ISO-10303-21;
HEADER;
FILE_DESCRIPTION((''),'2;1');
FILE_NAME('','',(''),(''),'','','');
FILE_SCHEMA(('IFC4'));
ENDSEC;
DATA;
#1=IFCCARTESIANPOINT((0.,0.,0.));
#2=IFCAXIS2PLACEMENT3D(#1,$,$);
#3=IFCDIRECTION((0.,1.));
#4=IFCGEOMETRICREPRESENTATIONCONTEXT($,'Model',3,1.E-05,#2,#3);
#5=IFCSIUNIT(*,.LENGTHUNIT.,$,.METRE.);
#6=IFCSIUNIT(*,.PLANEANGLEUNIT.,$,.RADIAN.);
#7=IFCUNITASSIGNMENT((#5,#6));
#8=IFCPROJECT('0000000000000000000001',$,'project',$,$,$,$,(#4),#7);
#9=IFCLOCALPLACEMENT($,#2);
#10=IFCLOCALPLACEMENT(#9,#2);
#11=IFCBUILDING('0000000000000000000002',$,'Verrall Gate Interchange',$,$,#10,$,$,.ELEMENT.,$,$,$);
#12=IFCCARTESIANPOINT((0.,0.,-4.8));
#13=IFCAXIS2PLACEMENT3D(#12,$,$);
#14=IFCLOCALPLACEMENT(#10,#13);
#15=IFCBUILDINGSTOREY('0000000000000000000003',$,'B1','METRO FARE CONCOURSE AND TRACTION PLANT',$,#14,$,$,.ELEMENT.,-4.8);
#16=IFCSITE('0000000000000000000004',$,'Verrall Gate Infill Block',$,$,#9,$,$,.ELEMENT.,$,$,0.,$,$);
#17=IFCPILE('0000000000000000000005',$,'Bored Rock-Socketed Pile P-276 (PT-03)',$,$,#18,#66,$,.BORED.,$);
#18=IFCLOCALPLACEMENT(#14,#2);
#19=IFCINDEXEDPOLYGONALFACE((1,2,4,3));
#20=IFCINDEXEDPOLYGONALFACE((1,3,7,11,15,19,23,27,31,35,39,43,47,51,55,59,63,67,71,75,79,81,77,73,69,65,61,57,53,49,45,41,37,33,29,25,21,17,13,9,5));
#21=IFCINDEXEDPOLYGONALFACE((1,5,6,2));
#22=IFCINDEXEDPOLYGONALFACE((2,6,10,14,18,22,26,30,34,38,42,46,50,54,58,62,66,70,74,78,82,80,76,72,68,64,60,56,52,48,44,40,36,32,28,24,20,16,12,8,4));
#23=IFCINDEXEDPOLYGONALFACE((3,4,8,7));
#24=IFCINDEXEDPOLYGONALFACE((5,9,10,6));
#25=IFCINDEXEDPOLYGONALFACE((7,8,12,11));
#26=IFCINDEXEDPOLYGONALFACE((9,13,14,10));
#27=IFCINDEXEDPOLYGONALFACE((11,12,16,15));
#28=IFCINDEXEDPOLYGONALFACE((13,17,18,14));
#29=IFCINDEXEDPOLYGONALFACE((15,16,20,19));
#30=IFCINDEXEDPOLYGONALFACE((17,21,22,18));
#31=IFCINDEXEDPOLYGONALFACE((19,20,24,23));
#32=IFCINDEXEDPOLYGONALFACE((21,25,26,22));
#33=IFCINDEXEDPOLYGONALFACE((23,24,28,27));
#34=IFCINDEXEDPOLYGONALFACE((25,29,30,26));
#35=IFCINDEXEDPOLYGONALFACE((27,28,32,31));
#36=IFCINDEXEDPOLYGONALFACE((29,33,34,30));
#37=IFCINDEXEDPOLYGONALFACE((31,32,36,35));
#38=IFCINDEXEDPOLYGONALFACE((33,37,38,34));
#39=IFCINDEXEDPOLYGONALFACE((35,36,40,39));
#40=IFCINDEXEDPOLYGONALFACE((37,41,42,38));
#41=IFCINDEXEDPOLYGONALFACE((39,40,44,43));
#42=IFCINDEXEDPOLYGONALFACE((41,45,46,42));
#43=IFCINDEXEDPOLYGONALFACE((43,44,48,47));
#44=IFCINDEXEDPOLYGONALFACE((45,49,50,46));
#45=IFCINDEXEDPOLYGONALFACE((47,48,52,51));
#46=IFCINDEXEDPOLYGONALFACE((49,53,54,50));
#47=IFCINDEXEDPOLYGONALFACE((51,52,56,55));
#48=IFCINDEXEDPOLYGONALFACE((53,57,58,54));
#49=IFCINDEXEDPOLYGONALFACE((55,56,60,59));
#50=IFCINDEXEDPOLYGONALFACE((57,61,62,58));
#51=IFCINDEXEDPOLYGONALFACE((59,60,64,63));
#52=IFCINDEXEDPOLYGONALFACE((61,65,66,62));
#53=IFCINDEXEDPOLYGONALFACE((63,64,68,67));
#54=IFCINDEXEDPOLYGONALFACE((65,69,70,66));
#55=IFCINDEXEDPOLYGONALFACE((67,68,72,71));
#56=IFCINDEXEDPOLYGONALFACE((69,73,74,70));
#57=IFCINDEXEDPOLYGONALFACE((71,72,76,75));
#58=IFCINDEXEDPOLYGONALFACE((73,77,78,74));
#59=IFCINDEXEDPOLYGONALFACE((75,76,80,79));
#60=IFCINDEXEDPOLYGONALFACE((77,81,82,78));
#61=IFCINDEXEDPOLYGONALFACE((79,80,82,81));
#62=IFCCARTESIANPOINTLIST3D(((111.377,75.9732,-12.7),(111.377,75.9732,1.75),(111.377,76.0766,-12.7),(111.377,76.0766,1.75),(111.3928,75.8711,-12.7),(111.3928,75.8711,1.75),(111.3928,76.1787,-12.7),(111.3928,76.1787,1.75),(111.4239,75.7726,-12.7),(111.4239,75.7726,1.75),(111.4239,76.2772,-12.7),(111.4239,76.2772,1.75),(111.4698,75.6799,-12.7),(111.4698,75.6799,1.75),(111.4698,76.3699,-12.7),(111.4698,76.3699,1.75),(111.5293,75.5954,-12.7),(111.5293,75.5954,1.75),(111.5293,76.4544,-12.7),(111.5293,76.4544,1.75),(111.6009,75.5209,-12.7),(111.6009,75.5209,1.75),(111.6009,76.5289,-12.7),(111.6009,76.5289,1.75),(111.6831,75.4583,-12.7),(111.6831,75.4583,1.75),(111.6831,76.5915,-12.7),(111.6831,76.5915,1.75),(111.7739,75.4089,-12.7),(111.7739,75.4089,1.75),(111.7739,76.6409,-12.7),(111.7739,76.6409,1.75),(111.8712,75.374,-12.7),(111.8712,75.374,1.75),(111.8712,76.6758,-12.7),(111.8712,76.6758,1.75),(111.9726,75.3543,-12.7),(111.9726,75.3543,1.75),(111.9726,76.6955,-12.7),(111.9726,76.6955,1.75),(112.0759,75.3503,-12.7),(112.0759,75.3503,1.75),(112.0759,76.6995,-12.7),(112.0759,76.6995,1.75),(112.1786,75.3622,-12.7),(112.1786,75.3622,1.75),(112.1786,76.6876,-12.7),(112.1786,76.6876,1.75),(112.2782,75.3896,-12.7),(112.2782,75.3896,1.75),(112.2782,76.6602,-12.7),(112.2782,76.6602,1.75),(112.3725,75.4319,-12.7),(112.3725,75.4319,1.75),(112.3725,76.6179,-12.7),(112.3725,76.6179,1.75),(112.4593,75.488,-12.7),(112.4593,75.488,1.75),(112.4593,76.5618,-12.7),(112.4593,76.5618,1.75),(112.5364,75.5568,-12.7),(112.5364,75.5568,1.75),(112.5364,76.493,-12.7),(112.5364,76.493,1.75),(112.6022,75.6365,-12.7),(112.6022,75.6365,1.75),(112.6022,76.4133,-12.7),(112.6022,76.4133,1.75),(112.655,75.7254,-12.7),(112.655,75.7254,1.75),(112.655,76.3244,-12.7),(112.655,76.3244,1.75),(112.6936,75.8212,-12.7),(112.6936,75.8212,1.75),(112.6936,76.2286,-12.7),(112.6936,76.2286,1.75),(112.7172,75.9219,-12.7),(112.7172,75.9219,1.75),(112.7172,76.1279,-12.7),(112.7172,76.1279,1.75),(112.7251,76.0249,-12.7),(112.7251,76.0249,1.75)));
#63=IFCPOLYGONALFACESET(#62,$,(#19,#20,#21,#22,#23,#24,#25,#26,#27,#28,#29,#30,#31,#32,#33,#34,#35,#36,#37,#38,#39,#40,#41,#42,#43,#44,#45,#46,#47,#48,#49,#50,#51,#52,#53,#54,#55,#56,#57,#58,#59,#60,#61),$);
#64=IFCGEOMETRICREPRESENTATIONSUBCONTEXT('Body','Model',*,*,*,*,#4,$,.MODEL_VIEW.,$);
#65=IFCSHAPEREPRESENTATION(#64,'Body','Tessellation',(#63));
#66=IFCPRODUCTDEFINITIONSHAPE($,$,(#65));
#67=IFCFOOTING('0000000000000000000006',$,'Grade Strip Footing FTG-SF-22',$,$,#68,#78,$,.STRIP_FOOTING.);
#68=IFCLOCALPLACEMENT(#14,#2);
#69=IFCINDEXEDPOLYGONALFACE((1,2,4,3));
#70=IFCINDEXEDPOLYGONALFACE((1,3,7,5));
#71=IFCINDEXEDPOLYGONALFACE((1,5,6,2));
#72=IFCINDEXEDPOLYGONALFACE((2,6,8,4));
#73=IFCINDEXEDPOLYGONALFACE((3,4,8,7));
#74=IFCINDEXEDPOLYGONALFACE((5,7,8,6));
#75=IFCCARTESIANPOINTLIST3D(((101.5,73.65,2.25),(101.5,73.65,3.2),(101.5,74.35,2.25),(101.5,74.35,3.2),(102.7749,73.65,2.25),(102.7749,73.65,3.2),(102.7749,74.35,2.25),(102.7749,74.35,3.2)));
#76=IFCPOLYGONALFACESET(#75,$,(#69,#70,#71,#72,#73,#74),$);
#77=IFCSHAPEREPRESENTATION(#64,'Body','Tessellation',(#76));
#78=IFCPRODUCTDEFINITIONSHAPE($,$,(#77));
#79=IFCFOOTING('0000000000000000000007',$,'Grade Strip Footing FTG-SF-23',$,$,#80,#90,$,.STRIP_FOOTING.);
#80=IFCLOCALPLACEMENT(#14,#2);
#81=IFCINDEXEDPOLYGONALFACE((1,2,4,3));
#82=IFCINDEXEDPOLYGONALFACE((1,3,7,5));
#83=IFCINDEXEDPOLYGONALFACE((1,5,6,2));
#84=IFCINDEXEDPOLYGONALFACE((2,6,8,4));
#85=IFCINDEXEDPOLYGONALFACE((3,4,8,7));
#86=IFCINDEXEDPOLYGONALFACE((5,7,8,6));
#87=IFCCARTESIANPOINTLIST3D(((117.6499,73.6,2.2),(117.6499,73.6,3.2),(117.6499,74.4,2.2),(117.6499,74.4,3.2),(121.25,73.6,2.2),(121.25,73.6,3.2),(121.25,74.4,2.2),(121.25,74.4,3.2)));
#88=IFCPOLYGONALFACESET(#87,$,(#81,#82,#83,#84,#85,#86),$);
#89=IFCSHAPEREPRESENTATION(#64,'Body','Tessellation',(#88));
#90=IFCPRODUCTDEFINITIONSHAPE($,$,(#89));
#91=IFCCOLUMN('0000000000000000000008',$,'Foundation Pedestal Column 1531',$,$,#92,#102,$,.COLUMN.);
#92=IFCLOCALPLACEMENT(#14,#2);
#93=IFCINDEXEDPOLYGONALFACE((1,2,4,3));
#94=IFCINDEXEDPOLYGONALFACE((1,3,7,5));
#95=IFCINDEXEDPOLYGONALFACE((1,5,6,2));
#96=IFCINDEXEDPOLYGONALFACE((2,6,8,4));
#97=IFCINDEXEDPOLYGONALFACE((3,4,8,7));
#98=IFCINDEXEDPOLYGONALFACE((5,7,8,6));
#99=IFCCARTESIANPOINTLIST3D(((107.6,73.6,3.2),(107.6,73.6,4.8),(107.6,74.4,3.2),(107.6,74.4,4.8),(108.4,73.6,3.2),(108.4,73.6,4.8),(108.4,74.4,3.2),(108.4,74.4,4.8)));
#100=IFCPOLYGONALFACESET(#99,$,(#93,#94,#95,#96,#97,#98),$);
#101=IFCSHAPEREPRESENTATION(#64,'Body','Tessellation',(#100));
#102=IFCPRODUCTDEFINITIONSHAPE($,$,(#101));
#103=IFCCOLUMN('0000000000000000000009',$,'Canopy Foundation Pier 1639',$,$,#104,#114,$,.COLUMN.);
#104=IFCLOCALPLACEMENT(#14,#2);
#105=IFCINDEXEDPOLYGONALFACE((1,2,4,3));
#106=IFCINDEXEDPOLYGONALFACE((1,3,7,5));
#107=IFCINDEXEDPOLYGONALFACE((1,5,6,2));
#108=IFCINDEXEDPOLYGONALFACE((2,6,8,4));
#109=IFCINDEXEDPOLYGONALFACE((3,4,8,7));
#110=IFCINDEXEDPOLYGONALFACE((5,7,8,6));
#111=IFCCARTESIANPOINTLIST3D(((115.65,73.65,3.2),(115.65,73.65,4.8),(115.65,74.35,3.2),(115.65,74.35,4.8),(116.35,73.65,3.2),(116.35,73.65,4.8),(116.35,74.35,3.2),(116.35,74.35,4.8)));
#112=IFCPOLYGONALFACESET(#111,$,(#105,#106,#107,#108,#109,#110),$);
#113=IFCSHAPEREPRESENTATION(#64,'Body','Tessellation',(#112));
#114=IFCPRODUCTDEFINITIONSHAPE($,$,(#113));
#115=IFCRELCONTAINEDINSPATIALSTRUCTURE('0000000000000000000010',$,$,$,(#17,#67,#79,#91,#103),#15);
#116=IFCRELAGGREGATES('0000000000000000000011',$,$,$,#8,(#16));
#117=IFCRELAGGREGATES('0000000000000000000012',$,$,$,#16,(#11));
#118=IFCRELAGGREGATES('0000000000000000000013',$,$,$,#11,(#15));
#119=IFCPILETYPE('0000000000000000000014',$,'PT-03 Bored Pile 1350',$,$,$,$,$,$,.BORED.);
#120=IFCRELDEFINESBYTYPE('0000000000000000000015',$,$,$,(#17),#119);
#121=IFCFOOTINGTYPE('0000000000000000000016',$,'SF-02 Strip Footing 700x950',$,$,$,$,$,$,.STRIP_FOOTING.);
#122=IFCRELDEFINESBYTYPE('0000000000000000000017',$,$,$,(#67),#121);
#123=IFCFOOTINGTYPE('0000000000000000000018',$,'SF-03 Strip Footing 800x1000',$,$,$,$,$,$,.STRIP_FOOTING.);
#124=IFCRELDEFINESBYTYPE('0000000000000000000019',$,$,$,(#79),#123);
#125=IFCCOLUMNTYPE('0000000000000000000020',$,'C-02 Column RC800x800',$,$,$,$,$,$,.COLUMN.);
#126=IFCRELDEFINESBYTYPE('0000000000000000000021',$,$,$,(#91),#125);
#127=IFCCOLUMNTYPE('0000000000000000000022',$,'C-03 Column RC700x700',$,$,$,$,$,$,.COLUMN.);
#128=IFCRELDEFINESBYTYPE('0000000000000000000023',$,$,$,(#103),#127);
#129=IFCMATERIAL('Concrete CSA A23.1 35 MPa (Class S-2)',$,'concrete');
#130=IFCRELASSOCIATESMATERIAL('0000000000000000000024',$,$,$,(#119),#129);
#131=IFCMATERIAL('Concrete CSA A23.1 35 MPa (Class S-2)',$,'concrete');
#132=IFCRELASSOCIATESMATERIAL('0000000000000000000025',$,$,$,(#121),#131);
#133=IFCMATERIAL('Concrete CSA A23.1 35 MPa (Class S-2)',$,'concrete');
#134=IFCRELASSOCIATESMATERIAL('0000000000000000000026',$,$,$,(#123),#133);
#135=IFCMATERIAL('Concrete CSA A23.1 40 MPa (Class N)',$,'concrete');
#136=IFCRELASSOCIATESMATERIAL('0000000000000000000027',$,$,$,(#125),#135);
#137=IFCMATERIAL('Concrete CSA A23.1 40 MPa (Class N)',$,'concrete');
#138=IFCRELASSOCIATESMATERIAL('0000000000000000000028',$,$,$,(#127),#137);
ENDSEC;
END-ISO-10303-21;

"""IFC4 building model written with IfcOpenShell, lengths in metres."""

from ifc_helpers import new_model, si_unit, direction, frame, origin, origin_2d, place, context, subcontext, project, spatial, rectangle, circle, extrude, material, material_profile, profile_set, type_object, element, save


model = new_model("IFC4")

# Units and contexts
model_context = context("Model", 3, precision=1e-05, world=origin(), true_north=direction((0.0, 1.0)))
body_context = subcontext(model_context, "Body", "Model", "MODEL_VIEW")
ifc_project = project(units=[si_unit("LENGTHUNIT", "METRE"), si_unit("PLANEANGLEUNIT", "RADIAN")], contexts=[model_context])

# Site, building, storey
site_placement = place(None, origin())
site = spatial("IfcSite", under=ifc_project, at=site_placement, Name="Verrall Gate Infill Block", CompositionType="ELEMENT", RefElevation=0.0)
building_placement = place(site_placement, origin())
building = spatial("IfcBuilding", under=site, at=building_placement, Name="Verrall Gate Interchange", CompositionType="ELEMENT")
storey_placement = place(building_placement, frame((0.0, 0.0, -4.8)))
storey = spatial("IfcBuildingStorey", under=building, at=storey_placement, Name="B1", Description="METRO FARE CONCOURSE AND TRACTION PLANT", CompositionType="ELEMENT", Elevation=-4.8)

# Pile
ifc_material_1 = material(Name="Concrete CSA A23.1 35 MPa (Class S-2)", Category="concrete")
ifc_material_profile_1 = material_profile(ifc_material_1, circle(Radius=0.675, at=origin_2d()), Name="PILE1350D")
ifc_profile_set_1 = profile_set([ifc_material_profile_1], Name="Concrete CSA A23.1 35 MPa (Class S-2)")
pile_type_1 = type_object("IfcPileType", Name="PT-03 Bored Pile 1350", PredefinedType="BORED", material=ifc_profile_set_1)
for number, where, z_axis, x_axis, name in (
    (1, (112.05, 76.0249, 1.75), (0.0, 0.0, -1.0), (1.0, 0.0, 0.0), "Bored Rock-Socketed Pile P-276 (PT-03)"),
):
    element("IfcPile", number, at=place(storey_placement, frame(where, z_axis=z_axis, x_axis=x_axis)), inside=storey, type_object=pile_type_1, Name=name, PredefinedType="BORED", context=body_context, shape_type="SweptSolid", body=[
        extrude(circle(Radius=0.675, at=origin_2d()), origin(), (0.0, 0.0, 1.0), 14.45),
    ])

# Footings
ifc_material_2 = material(Name="Concrete CSA A23.1 35 MPa (Class S-2)", Category="concrete")
footing_type_1 = type_object("IfcFootingType", Name="SF-02 Strip Footing 700x950", PredefinedType="STRIP_FOOTING", material=ifc_material_2)
footing_1_placement = place(storey_placement, frame((102.1375, 74.0, 2.25), z_axis=(0.0, 0.0, 1.0), x_axis=(1.0, 0.0, 0.0)))
element("IfcFooting", 2, at=footing_1_placement, inside=storey, type_object=footing_type_1, Name="Grade Strip Footing FTG-SF-22", PredefinedType="STRIP_FOOTING", context=body_context, shape_type="SweptSolid", body=[
    extrude(rectangle(XDim=1.2749, YDim=0.7, at=origin_2d()), origin(), (0.0, 0.0, 1.0), 0.95),
])
ifc_material_3 = material(Name="Concrete CSA A23.1 35 MPa (Class S-2)", Category="concrete")
footing_type_2 = type_object("IfcFootingType", Name="SF-03 Strip Footing 800x1000", PredefinedType="STRIP_FOOTING", material=ifc_material_3)
footing_2_placement = place(storey_placement, frame((119.45, 74.0, 2.2), z_axis=(0.0, 0.0, 1.0), x_axis=(1.0, 0.0, 0.0)))
element("IfcFooting", 3, at=footing_2_placement, inside=storey, type_object=footing_type_2, Name="Grade Strip Footing FTG-SF-23", PredefinedType="STRIP_FOOTING", context=body_context, shape_type="SweptSolid", body=[
    extrude(rectangle(XDim=3.6001, YDim=0.8, at=origin_2d()), origin(), (0.0, 0.0, 1.0), 1.0),
])

# Columns
ifc_material_4 = material(Name="Concrete CSA A23.1 40 MPa (Class N)", Category="concrete")
ifc_material_profile_2 = material_profile(ifc_material_4, rectangle(XDim=0.8, YDim=0.8, at=origin_2d()), Name="RC800x800")
ifc_profile_set_2 = profile_set([ifc_material_profile_2], Name="Concrete CSA A23.1 40 MPa (Class N)")
column_type_1 = type_object("IfcColumnType", Name="C-02 Column RC800x800", PredefinedType="COLUMN", material=ifc_profile_set_2)
column_1_placement = place(storey_placement, frame((108.0, 74.0, 3.2), z_axis=(0.0, 0.0, 1.0), x_axis=(1.0, 0.0, 0.0)))
element("IfcColumn", 4, at=column_1_placement, inside=storey, type_object=column_type_1, Name="Foundation Pedestal Column 1531", PredefinedType="COLUMN", context=body_context, shape_type="SweptSolid", body=[
    extrude(rectangle(XDim=0.8, YDim=0.8, at=origin_2d()), origin(), (0.0, 0.0, 1.0), 1.6001),
])
ifc_material_5 = material(Name="Concrete CSA A23.1 40 MPa (Class N)", Category="concrete")
ifc_material_profile_3 = material_profile(ifc_material_5, rectangle(XDim=0.7, YDim=0.7, at=origin_2d()), Name="RC700x700")
ifc_profile_set_3 = profile_set([ifc_material_profile_3], Name="Concrete CSA A23.1 40 MPa (Class N)")
column_type_2 = type_object("IfcColumnType", Name="C-03 Column RC700x700", PredefinedType="COLUMN", material=ifc_profile_set_3)
column_2_placement = place(storey_placement, frame((116.0, 74.0, 3.2), z_axis=(0.0, 0.0, 1.0), x_axis=(1.0, 0.0, 0.0)))
element("IfcColumn", 5, at=column_2_placement, inside=storey, type_object=column_type_2, Name="Canopy Foundation Pier 1639", PredefinedType="COLUMN", context=body_context, shape_type="SweptSolid", body=[
    extrude(rectangle(XDim=0.7, YDim=0.7, at=origin_2d()), origin(), (0.0, 0.0, 1.0), 1.6001),
])

save(model, "model.ifc")
